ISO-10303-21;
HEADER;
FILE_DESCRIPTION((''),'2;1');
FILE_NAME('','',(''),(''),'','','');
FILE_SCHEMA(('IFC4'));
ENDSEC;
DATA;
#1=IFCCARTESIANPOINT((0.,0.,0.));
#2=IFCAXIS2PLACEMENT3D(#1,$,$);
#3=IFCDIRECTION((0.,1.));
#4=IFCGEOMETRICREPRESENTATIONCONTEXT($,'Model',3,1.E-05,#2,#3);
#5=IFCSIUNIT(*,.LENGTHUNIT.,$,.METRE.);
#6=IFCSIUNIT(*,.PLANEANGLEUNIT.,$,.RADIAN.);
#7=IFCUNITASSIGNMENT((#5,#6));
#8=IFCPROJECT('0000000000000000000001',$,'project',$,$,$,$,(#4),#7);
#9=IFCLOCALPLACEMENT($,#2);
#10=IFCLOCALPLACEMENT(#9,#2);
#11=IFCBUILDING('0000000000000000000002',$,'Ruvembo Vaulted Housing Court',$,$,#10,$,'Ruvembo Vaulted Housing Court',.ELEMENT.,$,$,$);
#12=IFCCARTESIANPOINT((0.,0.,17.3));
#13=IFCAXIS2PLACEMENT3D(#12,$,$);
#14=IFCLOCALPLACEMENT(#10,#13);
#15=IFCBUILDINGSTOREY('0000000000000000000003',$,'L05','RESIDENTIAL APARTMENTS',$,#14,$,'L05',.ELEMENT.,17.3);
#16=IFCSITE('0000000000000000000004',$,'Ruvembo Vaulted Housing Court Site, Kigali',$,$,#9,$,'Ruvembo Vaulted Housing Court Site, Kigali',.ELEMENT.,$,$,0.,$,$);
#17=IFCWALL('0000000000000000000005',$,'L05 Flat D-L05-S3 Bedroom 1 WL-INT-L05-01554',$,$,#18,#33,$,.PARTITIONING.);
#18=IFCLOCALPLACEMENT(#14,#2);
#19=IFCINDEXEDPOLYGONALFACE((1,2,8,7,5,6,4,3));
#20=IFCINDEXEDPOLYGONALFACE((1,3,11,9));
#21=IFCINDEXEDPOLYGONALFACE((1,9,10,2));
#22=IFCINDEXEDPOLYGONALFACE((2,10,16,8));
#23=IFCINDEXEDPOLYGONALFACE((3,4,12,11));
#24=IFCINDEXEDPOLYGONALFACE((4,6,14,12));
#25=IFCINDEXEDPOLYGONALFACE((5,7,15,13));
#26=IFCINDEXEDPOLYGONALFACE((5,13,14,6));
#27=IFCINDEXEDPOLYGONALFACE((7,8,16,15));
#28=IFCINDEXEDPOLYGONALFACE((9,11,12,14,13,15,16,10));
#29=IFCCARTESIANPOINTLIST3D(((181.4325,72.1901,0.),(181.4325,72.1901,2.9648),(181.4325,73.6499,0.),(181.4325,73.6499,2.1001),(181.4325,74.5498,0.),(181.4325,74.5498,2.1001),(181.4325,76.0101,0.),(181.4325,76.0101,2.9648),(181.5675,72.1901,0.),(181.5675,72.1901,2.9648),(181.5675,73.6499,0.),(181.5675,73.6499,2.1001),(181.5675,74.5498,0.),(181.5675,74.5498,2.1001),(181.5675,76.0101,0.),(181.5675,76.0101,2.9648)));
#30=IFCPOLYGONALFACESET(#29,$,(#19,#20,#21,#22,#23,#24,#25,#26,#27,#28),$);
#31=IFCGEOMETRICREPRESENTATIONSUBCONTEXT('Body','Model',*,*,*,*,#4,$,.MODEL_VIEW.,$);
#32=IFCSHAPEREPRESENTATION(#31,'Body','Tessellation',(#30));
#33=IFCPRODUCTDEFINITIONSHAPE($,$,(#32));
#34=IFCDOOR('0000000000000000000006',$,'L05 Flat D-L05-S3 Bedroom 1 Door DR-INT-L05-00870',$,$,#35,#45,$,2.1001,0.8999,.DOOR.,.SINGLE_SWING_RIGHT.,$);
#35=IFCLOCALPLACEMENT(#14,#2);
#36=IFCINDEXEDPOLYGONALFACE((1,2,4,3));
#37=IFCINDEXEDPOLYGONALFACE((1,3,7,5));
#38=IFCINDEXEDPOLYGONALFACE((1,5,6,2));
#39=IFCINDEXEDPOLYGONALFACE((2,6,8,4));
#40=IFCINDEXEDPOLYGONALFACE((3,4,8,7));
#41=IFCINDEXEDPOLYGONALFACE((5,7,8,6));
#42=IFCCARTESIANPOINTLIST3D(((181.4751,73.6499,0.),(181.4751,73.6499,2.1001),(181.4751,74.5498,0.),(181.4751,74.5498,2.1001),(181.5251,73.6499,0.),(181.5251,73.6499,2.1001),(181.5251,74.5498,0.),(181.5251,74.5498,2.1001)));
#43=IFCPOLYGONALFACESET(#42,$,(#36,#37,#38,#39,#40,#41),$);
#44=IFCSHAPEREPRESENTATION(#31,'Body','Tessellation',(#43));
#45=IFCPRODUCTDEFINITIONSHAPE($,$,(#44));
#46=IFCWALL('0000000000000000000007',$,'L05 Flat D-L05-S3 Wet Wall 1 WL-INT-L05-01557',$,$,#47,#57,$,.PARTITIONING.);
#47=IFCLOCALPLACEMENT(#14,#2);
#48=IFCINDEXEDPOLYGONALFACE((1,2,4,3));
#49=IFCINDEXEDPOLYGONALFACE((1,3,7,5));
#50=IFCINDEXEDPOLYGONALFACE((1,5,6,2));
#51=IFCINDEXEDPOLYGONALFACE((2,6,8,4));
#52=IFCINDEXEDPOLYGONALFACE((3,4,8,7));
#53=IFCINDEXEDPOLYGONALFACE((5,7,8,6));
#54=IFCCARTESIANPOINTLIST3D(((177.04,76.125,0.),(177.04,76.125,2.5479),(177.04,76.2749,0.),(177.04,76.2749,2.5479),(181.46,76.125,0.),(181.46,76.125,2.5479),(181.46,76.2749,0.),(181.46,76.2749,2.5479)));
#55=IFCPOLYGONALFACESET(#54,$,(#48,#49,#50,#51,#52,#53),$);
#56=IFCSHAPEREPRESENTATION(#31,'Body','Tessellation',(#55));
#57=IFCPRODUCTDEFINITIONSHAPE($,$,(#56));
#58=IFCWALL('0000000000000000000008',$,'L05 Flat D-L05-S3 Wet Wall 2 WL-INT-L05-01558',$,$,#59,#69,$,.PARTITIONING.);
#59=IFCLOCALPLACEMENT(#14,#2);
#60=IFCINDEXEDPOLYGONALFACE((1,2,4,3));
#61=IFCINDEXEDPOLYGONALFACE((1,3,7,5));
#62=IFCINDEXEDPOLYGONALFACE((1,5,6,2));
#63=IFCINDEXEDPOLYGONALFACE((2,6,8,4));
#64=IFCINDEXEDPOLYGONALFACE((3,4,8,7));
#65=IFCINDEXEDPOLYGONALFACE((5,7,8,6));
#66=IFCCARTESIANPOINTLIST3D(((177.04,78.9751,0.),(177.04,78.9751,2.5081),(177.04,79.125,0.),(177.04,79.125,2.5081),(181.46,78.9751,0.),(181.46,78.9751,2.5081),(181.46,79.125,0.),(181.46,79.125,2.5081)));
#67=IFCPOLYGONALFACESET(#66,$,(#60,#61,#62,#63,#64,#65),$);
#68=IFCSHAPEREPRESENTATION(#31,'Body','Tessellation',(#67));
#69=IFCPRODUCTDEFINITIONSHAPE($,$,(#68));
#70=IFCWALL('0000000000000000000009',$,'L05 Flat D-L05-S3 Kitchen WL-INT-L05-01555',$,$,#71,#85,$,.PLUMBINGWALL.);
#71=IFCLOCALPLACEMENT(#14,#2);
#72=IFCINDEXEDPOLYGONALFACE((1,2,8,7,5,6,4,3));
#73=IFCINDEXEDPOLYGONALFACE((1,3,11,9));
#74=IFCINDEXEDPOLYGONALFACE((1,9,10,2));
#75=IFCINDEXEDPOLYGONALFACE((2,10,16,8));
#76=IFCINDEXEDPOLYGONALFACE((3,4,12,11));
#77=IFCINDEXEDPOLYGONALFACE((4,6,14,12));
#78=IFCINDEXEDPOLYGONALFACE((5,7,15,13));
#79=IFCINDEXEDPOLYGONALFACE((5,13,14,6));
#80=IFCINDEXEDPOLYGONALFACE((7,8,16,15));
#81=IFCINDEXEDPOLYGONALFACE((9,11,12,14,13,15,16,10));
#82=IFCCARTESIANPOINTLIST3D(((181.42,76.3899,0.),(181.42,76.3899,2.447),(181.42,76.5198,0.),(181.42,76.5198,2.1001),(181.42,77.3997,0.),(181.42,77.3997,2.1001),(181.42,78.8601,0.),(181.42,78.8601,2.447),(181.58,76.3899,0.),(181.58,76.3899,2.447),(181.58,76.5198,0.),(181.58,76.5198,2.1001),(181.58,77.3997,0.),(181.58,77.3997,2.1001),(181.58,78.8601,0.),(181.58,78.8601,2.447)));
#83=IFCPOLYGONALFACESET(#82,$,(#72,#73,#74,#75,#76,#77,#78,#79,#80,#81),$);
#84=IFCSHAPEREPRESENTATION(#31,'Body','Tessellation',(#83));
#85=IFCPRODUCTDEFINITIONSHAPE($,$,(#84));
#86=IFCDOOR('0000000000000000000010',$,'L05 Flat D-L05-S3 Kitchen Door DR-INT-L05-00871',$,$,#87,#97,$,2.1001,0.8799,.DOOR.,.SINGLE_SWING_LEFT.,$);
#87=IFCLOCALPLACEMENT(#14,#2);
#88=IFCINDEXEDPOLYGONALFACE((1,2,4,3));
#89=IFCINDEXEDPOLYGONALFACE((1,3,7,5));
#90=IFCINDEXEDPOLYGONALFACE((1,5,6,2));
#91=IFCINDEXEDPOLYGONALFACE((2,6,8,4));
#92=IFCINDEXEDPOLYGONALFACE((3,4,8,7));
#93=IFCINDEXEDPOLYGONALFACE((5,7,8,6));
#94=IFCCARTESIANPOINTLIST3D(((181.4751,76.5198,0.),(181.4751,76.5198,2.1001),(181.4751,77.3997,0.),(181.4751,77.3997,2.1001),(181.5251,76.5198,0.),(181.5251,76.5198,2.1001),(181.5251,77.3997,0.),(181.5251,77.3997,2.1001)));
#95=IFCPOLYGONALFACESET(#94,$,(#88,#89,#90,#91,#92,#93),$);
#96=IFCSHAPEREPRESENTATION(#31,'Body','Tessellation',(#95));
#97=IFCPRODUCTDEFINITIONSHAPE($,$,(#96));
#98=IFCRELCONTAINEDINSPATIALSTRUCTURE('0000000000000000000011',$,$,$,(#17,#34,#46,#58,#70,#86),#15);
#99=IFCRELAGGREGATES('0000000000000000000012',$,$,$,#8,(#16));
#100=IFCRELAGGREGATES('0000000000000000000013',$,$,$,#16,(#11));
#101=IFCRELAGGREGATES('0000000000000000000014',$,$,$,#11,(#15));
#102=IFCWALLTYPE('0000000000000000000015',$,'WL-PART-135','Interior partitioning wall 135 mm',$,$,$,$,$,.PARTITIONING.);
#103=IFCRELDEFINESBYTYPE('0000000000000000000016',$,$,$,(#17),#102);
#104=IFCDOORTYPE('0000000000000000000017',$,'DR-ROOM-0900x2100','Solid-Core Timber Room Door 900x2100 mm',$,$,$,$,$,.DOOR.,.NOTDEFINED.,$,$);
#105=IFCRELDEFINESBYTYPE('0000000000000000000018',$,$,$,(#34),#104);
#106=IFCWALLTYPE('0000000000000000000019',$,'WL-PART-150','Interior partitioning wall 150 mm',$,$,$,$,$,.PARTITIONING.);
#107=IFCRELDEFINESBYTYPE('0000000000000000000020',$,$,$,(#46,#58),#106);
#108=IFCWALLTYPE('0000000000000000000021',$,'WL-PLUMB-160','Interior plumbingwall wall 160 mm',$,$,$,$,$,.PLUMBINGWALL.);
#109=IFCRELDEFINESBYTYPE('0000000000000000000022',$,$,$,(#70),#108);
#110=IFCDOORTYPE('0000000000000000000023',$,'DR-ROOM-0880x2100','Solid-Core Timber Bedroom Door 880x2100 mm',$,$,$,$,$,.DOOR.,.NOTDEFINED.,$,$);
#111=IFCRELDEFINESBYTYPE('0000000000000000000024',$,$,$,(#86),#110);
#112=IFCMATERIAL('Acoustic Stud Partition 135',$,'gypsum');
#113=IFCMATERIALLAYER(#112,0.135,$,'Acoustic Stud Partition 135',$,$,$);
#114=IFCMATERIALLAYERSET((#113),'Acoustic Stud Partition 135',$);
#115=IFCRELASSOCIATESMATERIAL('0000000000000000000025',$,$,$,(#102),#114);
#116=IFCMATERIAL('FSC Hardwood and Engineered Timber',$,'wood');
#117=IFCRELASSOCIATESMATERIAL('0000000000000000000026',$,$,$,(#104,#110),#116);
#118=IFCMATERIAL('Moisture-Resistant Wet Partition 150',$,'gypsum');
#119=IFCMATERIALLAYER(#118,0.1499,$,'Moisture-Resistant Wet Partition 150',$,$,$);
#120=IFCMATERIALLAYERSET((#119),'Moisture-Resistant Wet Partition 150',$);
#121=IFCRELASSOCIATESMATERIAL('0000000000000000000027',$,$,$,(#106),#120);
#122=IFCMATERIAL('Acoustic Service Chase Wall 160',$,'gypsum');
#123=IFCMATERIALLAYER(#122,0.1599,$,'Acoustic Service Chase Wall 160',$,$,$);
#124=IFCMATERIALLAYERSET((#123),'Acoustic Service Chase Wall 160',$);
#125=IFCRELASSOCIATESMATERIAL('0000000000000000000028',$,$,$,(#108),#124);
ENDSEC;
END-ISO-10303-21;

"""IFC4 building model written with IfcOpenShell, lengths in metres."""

from ifc_helpers import new_model, si_unit, direction, frame, frame_2d, origin, place, context, subcontext, project, spatial, rectangle, extrude, material, layer, layer_set, type_object, element, fill, save


model = new_model("IFC4")

# Units and contexts
model_context = context("Model", 3, precision=1e-05, world=origin(), true_north=direction((0.0, 1.0)))
body_context = subcontext(model_context, "Body", "Model", "MODEL_VIEW")
ifc_project = project(units=[si_unit("LENGTHUNIT", "METRE"), si_unit("PLANEANGLEUNIT", "RADIAN")], contexts=[model_context])

# Site, building, storey
site_placement = place(None, origin())
site = spatial("IfcSite", under=ifc_project, at=site_placement, Name="Ruvembo Vaulted Housing Court Site, Kigali", LongName="Ruvembo Vaulted Housing Court Site, Kigali", CompositionType="ELEMENT", RefElevation=0.0)
building_placement = place(site_placement, origin())
building = spatial("IfcBuilding", under=site, at=building_placement, Name="Ruvembo Vaulted Housing Court", LongName="Ruvembo Vaulted Housing Court", CompositionType="ELEMENT")
storey_placement = place(building_placement, frame((0.0, 0.0, 17.3)))
storey = spatial("IfcBuildingStorey", under=building, at=storey_placement, Name="L05", Description="RESIDENTIAL APARTMENTS", LongName="L05", CompositionType="ELEMENT", Elevation=17.3)

# Wall, opening, door
ifc_material_1 = material(Name="Acoustic Stud Partition 135", Category="gypsum")
ifc_layer_1 = layer(ifc_material_1, 0.135, Name="Acoustic Stud Partition 135")
ifc_layer_set_1 = layer_set([ifc_layer_1], Name="Acoustic Stud Partition 135")
wall_type_1 = type_object("IfcWallType", Name="WL-PART-135", Description="Interior partitioning wall 135 mm", PredefinedType="PARTITIONING", material=ifc_layer_set_1)
wall_1_placement = place(storey_placement, frame((181.5, 72.1899, 0.0), z_axis=(0.0, 0.0, 1.0), x_axis=(0.0, 1.0, 0.0)))
wall_1 = element("IfcWall", 1, at=wall_1_placement, inside=storey, type_object=wall_type_1, Name="L05 Flat D-L05-S3 Bedroom 1 WL-INT-L05-01554", PredefinedType="PARTITIONING", context=body_context, shape_type="SweptSolid", body=[
    extrude(rectangle(XDim=3.8201, YDim=0.135, at=frame_2d((1.9102, 0.0))), origin(), (0.0, 0.0, 1.0), 2.9648),
])
opening_1_placement = place(wall_1_placement, frame((1.46, 0.0, 0.0)))
opening_1 = element("IfcOpeningElement", 2, at=opening_1_placement, cuts=wall_1, PredefinedType="OPENING", context=body_context, shape_type="SweptSolid", body=[
    extrude(rectangle(XDim=0.8999, YDim=2.1001, at=frame_2d((0.45, 1.05))), frame((0.0, 0.0774, 0.0), z_axis=(0.0, -1.0, 0.0), x_axis=(1.0, 0.0, 0.0)), (0.0, 0.0, 1.0), 0.155),
])
ifc_material_2 = material(Name="FSC Hardwood and Engineered Timber", Category="wood")
door_type_1 = type_object("IfcDoorType", Name="DR-ROOM-0900x2100", Description="Solid-Core Timber Room Door 900x2100 mm", OperationType="NOTDEFINED", PredefinedType="DOOR", material=ifc_material_2)
door_1_placement = place(opening_1_placement, origin())
door_1 = element("IfcDoor", 3, at=door_1_placement, inside=storey, type_object=door_type_1, Name="L05 Flat D-L05-S3 Bedroom 1 Door DR-INT-L05-00870", OperationType="SINGLE_SWING_RIGHT", OverallHeight=2.1001, OverallWidth=0.8999, PredefinedType="DOOR", context=body_context, shape_type="SweptSolid", body=[
    extrude(rectangle(XDim=0.8999, YDim=2.1001, at=frame_2d((0.45, 1.05))), frame((0.0, 0.0249, 0.0), z_axis=(0.0, -1.0, 0.0), x_axis=(1.0, 0.0, 0.0)), (0.0, 0.0, 1.0), 0.05),
])
fill(opening_1, door_1)

# Walls
ifc_material_3 = material(Name="Moisture-Resistant Wet Partition 150", Category="gypsum")
ifc_layer_2 = layer(ifc_material_3, 0.1499, Name="Moisture-Resistant Wet Partition 150")
ifc_layer_set_2 = layer_set([ifc_layer_2], Name="Moisture-Resistant Wet Partition 150")
wall_type_2 = type_object("IfcWallType", Name="WL-PART-150", Description="Interior partitioning wall 150 mm", PredefinedType="PARTITIONING", material=ifc_layer_set_2)
wall_2_placement = place(storey_placement, frame((177.04, 76.2, 0.0), z_axis=(0.0, 0.0, 1.0), x_axis=(1.0, 0.0, 0.0)))
element("IfcWall", 4, at=wall_2_placement, inside=storey, type_object=wall_type_2, Name="L05 Flat D-L05-S3 Wet Wall 1 WL-INT-L05-01557", PredefinedType="PARTITIONING", context=body_context, shape_type="SweptSolid", body=[
    extrude(rectangle(XDim=4.4199, YDim=0.1499, at=frame_2d((2.21, 0.0))), origin(), (0.0, 0.0, 1.0), 2.5479),
])
wall_3_placement = place(storey_placement, frame((177.04, 79.05, 0.0), z_axis=(0.0, 0.0, 1.0), x_axis=(1.0, 0.0, 0.0)))
element("IfcWall", 5, at=wall_3_placement, inside=storey, type_object=wall_type_2, Name="L05 Flat D-L05-S3 Wet Wall 2 WL-INT-L05-01558", PredefinedType="PARTITIONING", context=body_context, shape_type="SweptSolid", body=[
    extrude(rectangle(XDim=4.4199, YDim=0.1499, at=frame_2d((2.21, 0.0))), origin(), (0.0, 0.0, 1.0), 2.5081),
])

# Wall, opening, door
ifc_material_4 = material(Name="Acoustic Service Chase Wall 160", Category="gypsum")
ifc_layer_3 = layer(ifc_material_4, 0.1599, Name="Acoustic Service Chase Wall 160")
ifc_layer_set_3 = layer_set([ifc_layer_3], Name="Acoustic Service Chase Wall 160")
wall_type_3 = type_object("IfcWallType", Name="WL-PLUMB-160", Description="Interior plumbingwall wall 160 mm", PredefinedType="PLUMBINGWALL", material=ifc_layer_set_3)
wall_4_placement = place(storey_placement, frame((181.5, 76.3899, 0.0), z_axis=(0.0, 0.0, 1.0), x_axis=(0.0, 1.0, 0.0)))
wall_4 = element("IfcWall", 6, at=wall_4_placement, inside=storey, type_object=wall_type_3, Name="L05 Flat D-L05-S3 Kitchen WL-INT-L05-01555", PredefinedType="PLUMBINGWALL", context=body_context, shape_type="SweptSolid", body=[
    extrude(rectangle(XDim=2.4702, YDim=0.1599, at=frame_2d((1.2351, 0.0))), origin(), (0.0, 0.0, 1.0), 2.447),
])
opening_2_placement = place(wall_4_placement, frame((0.1299, 0.0, 0.0)))
opening_2 = element("IfcOpeningElement", 7, at=opening_2_placement, cuts=wall_4, PredefinedType="OPENING", context=body_context, shape_type="SweptSolid", body=[
    extrude(rectangle(XDim=0.8799, YDim=2.1001, at=frame_2d((0.4399, 1.05))), frame((0.0, 0.0898, 0.0), z_axis=(0.0, -1.0, 0.0), x_axis=(1.0, 0.0, 0.0)), (0.0, 0.0, 1.0), 0.1799),
])
door_type_2 = type_object("IfcDoorType", Name="DR-ROOM-0880x2100", Description="Solid-Core Timber Bedroom Door 880x2100 mm", OperationType="NOTDEFINED", PredefinedType="DOOR", material=ifc_material_2)
door_2_placement = place(opening_2_placement, origin())
door_2 = element("IfcDoor", 8, at=door_2_placement, inside=storey, type_object=door_type_2, Name="L05 Flat D-L05-S3 Kitchen Door DR-INT-L05-00871", OperationType="SINGLE_SWING_LEFT", OverallHeight=2.1001, OverallWidth=0.8799, PredefinedType="DOOR", context=body_context, shape_type="SweptSolid", body=[
    extrude(rectangle(XDim=0.8799, YDim=2.1001, at=frame_2d((0.4399, 1.05))), frame((0.0, 0.0249, 0.0), z_axis=(0.0, -1.0, 0.0), x_axis=(1.0, 0.0, 0.0)), (0.0, 0.0, 1.0), 0.05),
])
fill(opening_2, door_2)

save(model, "model.ifc")
